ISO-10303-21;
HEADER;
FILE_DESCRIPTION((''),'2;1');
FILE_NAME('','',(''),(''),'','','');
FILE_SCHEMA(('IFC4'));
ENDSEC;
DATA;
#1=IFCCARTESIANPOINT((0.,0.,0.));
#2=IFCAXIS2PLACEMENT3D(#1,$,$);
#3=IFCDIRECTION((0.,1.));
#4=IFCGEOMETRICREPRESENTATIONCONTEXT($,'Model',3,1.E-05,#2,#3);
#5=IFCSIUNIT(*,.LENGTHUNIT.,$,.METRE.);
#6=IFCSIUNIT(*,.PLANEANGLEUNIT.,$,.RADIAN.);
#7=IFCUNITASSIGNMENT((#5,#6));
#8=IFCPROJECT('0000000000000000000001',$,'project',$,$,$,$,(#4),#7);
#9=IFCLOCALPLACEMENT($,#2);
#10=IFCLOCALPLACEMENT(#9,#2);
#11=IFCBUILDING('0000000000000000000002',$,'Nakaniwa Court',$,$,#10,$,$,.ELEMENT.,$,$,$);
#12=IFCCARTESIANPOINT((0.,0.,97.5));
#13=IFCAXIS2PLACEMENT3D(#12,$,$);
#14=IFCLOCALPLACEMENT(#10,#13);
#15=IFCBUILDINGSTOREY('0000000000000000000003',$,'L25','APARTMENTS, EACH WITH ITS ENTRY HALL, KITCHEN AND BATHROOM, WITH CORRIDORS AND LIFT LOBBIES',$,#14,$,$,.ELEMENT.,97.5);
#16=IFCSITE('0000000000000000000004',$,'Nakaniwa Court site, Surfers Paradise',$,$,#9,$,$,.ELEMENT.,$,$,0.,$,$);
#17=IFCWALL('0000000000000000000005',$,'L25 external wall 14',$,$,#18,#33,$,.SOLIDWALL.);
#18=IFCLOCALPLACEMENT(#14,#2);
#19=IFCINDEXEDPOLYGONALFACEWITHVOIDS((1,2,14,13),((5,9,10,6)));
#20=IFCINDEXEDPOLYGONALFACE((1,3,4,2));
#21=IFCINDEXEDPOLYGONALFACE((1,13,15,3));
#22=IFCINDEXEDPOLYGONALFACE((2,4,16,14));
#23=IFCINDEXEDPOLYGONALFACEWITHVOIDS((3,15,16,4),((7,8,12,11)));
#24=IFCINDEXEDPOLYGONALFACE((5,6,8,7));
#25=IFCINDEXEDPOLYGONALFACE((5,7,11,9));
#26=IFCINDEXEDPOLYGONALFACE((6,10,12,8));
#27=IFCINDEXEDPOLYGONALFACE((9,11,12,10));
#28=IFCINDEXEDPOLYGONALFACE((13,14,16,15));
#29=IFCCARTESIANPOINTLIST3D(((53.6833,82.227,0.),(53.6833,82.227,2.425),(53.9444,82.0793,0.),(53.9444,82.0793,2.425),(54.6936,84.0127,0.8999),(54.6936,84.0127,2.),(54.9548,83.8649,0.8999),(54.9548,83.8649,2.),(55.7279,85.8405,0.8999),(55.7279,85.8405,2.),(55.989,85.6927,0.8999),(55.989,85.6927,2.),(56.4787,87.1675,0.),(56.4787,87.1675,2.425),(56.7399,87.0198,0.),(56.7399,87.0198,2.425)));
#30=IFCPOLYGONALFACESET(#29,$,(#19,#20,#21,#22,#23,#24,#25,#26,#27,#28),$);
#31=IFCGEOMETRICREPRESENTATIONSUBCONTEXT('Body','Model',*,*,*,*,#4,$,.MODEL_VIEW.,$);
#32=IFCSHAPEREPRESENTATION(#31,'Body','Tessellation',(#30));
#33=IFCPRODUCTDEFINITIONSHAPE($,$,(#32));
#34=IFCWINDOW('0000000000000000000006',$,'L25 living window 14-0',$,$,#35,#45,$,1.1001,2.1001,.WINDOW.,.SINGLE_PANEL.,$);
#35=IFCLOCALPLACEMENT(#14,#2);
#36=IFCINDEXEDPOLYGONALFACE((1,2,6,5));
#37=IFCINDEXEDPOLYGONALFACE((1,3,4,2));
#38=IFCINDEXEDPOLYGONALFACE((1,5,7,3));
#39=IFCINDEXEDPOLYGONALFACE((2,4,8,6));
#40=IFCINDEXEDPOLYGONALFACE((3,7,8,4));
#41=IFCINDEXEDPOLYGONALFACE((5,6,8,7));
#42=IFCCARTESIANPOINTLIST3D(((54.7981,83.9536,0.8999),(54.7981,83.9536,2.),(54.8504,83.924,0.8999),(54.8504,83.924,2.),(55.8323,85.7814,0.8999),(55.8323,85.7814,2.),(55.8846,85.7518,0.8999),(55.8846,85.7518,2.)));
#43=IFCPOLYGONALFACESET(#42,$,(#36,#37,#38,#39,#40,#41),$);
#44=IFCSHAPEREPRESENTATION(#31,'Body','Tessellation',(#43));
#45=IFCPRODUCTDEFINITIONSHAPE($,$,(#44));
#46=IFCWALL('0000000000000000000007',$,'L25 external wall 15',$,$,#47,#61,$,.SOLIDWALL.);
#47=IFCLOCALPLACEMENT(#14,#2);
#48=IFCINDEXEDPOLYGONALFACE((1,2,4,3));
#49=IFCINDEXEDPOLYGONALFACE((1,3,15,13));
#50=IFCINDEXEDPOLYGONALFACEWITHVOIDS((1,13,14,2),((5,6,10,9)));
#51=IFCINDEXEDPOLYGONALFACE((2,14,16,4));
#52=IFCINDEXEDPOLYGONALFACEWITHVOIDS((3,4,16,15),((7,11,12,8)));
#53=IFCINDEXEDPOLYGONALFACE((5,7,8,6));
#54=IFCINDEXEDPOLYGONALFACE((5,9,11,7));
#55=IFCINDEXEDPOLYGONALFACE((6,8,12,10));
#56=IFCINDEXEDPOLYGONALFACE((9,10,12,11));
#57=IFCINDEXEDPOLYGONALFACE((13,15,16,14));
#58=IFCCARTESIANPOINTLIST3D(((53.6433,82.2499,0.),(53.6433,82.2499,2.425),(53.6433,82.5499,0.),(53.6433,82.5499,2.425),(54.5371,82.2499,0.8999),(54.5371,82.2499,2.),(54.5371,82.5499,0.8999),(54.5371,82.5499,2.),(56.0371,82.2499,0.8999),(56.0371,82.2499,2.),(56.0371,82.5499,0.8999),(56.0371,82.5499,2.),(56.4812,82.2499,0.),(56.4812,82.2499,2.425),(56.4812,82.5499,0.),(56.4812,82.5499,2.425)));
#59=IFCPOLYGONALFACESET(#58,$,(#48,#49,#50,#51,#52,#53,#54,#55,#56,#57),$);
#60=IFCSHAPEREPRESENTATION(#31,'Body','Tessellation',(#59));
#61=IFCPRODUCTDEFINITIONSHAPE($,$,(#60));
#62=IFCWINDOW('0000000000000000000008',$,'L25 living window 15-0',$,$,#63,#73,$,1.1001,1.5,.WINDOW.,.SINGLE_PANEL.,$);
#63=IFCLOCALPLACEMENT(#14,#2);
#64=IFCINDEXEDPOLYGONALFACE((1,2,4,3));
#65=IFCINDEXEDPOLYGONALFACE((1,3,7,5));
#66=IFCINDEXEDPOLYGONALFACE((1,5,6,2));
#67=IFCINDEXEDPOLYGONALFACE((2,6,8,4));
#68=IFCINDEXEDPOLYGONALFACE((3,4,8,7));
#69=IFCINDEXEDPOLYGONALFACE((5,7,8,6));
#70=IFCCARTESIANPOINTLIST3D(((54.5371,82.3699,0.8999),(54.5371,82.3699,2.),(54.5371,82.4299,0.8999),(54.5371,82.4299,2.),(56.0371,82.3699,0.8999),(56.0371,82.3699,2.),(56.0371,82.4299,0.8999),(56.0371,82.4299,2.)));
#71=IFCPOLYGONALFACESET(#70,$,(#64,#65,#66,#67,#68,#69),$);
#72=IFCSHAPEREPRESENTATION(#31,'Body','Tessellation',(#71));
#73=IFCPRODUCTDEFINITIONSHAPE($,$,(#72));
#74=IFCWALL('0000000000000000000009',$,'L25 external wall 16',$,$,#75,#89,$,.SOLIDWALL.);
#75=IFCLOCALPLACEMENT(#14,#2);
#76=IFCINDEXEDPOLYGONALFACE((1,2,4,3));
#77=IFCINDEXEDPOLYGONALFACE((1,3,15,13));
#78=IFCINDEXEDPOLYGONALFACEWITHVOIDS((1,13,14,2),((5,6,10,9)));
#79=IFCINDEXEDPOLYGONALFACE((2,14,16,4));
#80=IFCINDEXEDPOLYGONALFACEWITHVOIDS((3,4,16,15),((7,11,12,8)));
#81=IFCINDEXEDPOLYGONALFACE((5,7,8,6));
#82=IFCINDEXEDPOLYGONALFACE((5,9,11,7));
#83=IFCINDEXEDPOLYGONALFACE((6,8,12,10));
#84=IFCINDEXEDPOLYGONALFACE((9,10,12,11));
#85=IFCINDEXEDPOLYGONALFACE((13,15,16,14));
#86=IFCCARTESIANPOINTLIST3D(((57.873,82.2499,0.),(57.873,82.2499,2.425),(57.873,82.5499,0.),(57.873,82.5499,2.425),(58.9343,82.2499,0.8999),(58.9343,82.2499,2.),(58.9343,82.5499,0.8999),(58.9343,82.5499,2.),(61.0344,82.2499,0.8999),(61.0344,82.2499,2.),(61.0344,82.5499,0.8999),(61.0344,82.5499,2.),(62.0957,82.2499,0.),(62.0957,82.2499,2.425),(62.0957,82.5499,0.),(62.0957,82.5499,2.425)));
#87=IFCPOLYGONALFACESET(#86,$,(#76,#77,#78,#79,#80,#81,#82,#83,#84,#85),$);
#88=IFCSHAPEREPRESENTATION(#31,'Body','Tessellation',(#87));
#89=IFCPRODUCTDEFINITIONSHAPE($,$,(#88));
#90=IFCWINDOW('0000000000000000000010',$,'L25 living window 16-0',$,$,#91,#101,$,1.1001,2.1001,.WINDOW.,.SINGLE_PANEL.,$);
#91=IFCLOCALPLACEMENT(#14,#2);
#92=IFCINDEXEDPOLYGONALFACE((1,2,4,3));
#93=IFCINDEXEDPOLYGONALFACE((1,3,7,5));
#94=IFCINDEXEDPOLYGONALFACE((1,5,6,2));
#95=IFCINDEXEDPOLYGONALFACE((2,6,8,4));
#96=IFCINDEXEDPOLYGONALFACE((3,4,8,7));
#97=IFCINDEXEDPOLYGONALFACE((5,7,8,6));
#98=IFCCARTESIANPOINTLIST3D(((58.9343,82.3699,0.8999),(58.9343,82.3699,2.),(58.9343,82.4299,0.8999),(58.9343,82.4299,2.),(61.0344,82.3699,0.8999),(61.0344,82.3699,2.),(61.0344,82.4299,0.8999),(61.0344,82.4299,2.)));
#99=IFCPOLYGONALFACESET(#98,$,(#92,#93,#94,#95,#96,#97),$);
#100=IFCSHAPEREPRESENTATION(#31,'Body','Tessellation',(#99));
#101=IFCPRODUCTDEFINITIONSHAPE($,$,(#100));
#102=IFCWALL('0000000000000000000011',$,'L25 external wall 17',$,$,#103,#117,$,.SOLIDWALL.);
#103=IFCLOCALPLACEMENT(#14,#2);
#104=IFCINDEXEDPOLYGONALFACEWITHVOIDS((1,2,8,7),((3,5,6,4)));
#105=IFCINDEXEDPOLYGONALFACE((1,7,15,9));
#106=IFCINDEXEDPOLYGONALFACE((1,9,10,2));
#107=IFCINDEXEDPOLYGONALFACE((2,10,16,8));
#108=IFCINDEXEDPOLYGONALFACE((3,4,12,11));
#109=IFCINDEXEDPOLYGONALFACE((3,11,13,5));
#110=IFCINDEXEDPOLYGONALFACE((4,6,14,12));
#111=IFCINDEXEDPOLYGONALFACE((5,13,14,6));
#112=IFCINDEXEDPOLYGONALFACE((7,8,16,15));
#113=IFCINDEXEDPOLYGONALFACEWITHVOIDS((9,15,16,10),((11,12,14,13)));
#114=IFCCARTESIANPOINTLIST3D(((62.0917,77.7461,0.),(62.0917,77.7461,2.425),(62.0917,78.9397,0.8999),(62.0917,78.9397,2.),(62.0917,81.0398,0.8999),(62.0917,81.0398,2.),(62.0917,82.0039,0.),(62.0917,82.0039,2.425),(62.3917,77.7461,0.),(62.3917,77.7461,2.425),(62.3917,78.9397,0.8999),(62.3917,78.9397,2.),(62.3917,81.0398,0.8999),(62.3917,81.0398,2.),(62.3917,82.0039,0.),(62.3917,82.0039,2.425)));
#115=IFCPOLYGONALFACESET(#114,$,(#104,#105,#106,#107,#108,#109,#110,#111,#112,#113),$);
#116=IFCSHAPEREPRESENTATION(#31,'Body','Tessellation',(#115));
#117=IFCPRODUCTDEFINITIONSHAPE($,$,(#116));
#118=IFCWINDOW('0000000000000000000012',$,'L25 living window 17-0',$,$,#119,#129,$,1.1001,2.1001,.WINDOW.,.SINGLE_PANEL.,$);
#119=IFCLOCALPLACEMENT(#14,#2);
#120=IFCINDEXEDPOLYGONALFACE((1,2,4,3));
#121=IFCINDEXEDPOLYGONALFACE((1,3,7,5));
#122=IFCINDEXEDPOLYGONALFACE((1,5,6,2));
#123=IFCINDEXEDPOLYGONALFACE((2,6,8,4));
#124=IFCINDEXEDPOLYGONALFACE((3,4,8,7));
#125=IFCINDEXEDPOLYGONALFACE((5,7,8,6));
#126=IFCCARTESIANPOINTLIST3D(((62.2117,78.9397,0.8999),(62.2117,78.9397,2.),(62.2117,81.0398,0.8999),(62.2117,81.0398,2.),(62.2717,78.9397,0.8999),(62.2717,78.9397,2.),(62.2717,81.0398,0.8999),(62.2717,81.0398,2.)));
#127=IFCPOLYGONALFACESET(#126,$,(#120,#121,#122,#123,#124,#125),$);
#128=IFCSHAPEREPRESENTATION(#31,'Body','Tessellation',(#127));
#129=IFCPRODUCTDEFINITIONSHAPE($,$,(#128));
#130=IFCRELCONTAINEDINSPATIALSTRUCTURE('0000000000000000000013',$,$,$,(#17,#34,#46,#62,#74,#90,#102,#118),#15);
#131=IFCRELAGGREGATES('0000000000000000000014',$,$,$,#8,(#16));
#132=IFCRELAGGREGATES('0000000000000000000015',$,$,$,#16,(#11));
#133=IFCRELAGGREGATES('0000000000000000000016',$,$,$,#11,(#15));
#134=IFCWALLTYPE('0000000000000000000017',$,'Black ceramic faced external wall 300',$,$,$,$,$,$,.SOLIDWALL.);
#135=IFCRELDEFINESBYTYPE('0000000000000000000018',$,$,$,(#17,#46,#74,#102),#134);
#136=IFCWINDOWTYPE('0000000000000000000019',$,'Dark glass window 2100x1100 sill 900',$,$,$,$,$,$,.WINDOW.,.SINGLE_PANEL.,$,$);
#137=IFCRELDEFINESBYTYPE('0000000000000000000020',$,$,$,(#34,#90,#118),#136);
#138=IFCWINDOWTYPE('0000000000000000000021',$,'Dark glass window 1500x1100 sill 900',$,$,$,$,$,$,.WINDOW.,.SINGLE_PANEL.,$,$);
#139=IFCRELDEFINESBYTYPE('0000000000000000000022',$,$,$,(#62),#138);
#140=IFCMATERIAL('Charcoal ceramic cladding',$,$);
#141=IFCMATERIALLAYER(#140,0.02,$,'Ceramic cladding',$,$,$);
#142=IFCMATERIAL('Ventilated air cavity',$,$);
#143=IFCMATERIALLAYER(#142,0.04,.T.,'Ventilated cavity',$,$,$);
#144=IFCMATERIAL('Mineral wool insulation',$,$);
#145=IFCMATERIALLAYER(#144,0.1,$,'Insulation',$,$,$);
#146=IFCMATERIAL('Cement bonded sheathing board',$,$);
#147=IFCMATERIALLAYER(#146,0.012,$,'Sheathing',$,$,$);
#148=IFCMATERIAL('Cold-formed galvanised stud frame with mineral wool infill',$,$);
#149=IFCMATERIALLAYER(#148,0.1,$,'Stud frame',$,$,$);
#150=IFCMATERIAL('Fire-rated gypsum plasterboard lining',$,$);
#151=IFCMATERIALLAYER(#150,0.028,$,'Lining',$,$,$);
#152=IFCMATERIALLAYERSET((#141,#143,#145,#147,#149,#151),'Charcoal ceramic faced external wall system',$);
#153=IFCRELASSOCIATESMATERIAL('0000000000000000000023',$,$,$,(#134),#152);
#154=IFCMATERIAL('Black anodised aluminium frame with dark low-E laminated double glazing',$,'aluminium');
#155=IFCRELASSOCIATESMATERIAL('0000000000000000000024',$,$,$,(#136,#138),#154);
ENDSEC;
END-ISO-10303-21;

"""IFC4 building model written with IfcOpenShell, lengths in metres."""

from ifc_helpers import new_model, si_unit, direction, frame, frame_2d, origin, place, context, subcontext, project, spatial, rectangle, extrude, material, layer, layer_set, type_object, element, fill, save


model = new_model("IFC4")

# Units and contexts
model_context = context("Model", 3, precision=1e-05, world=origin(), true_north=direction((0.0, 1.0)))
body_context = subcontext(model_context, "Body", "Model", "MODEL_VIEW")
ifc_project = project(units=[si_unit("LENGTHUNIT", "METRE"), si_unit("PLANEANGLEUNIT", "RADIAN")], contexts=[model_context])

# Site, building, storey
site_placement = place(None, origin())
site = spatial("IfcSite", under=ifc_project, at=site_placement, Name="Nakaniwa Court site, Surfers Paradise", CompositionType="ELEMENT", RefElevation=0.0)
building_placement = place(site_placement, origin())
building = spatial("IfcBuilding", under=site, at=building_placement, Name="Nakaniwa Court", CompositionType="ELEMENT")
storey_placement = place(building_placement, frame((0.0, 0.0, 97.5)))
storey = spatial("IfcBuildingStorey", under=building, at=storey_placement, Name="L25", Description="APARTMENTS, EACH WITH ITS ENTRY HALL, KITCHEN AND BATHROOM, WITH CORRIDORS AND LIFT LOBBIES", CompositionType="ELEMENT", Elevation=97.5)

# Walls, openings, windows
ifc_material_1 = material(Name="Charcoal ceramic cladding")
ifc_layer_1 = layer(ifc_material_1, 0.02, Name="Ceramic cladding")
ifc_material_2 = material(Name="Ventilated air cavity")
ifc_layer_2 = layer(ifc_material_2, 0.04, ventilated=True, Name="Ventilated cavity")
ifc_material_3 = material(Name="Mineral wool insulation")
ifc_layer_3 = layer(ifc_material_3, 0.1, Name="Insulation")
ifc_material_4 = material(Name="Cement bonded sheathing board")
ifc_layer_4 = layer(ifc_material_4, 0.012, Name="Sheathing")
ifc_material_5 = material(Name="Cold-formed galvanised stud frame with mineral wool infill")
ifc_layer_5 = layer(ifc_material_5, 0.1, Name="Stud frame")
ifc_material_6 = material(Name="Fire-rated gypsum plasterboard lining")
ifc_layer_6 = layer(ifc_material_6, 0.028, Name="Lining")
ifc_layer_set_1 = layer_set([ifc_layer_1, ifc_layer_2, ifc_layer_3, ifc_layer_4, ifc_layer_5, ifc_layer_6], Name="Charcoal ceramic faced external wall system")
wall_type_1 = type_object("IfcWallType", Name="Black ceramic faced external wall 300", PredefinedType="SOLIDWALL", material=ifc_layer_set_1)
ifc_material_7 = material(Name="Black anodised aluminium frame with dark low-E laminated double glazing", Category="aluminium")
window_type_1 = type_object("IfcWindowType", Name="Dark glass window 2100x1100 sill 900", PartitioningType="SINGLE_PANEL", PredefinedType="WINDOW", material=ifc_material_7)
wall_1_placement = place(storey_placement, frame((56.6094, 87.0938, 0.0), z_axis=(0.0, 0.0, 1.0), x_axis=(-0.492457, -0.870337, 0.0)))
wall_1 = element("IfcWall", 1, at=wall_1_placement, inside=storey, type_object=wall_type_1, Name="L25 external wall 14", PredefinedType="SOLIDWALL", context=body_context, shape_type="SweptSolid", body=[
    extrude(rectangle(XDim=5.6765, YDim=0.3, at=frame_2d((2.8384, 0.0))), origin(), (0.0, 0.0, 1.0), 2.425),
])
opening_1_placement = place(wall_1_placement, frame((1.5249, 0.0, 0.8999)))
opening_1 = element("IfcOpeningElement", 2, at=opening_1_placement, cuts=wall_1, PredefinedType="OPENING", context=body_context, shape_type="SweptSolid", body=[
    extrude(rectangle(XDim=2.1001, YDim=1.1001, at=frame_2d((1.05, 0.55))), frame((0.0, 0.1599, 0.0), z_axis=(0.0, -1.0, 0.0), x_axis=(1.0, 0.0, 0.0)), (0.0, 0.0, 1.0), 0.3201),
])
window_1_placement = place(opening_1_placement, origin())
window_1 = element("IfcWindow", 3, at=window_1_placement, inside=storey, type_object=window_type_1, Name="L25 living window 14-0", OverallHeight=1.1001, OverallWidth=2.1001, PartitioningType="SINGLE_PANEL", PredefinedType="WINDOW", context=body_context, shape_type="SweptSolid", body=[
    extrude(rectangle(XDim=2.1001, YDim=1.1001, at=frame_2d((1.05, 0.55))), frame((0.0, 0.03, 0.0), z_axis=(0.0, -1.0, 0.0), x_axis=(1.0, 0.0, 0.0)), (0.0, 0.0, 1.0), 0.0601),
])
fill(opening_1, window_1)
wall_2_placement = place(storey_placement, frame((53.6433, 82.3999, 0.0), z_axis=(0.0, 0.0, 1.0), x_axis=(1.0, 0.0, 0.0)))
wall_2 = element("IfcWall", 4, at=wall_2_placement, inside=storey, type_object=wall_type_1, Name="L25 external wall 15", PredefinedType="SOLIDWALL", context=body_context, shape_type="SweptSolid", body=[
    extrude(rectangle(XDim=2.8379, YDim=0.3, at=frame_2d((1.4189, 0.0))), origin(), (0.0, 0.0, 1.0), 2.425),
])
opening_2_placement = place(wall_2_placement, frame((0.8938, 0.0, 0.8999)))
opening_2 = element("IfcOpeningElement", 5, at=opening_2_placement, cuts=wall_2, PredefinedType="OPENING", context=body_context, shape_type="SweptSolid", body=[
    extrude(rectangle(XDim=1.5, YDim=1.1001, at=frame_2d((0.75, 0.55))), frame((0.0, 0.1599, 0.0), z_axis=(0.0, -1.0, 0.0), x_axis=(1.0, 0.0, 0.0)), (0.0, 0.0, 1.0), 0.3201),
])
window_type_2 = type_object("IfcWindowType", Name="Dark glass window 1500x1100 sill 900", PartitioningType="SINGLE_PANEL", PredefinedType="WINDOW", material=ifc_material_7)
window_2_placement = place(opening_2_placement, origin())
window_2 = element("IfcWindow", 6, at=window_2_placement, inside=storey, type_object=window_type_2, Name="L25 living window 15-0", OverallHeight=1.1001, OverallWidth=1.5, PartitioningType="SINGLE_PANEL", PredefinedType="WINDOW", context=body_context, shape_type="SweptSolid", body=[
    extrude(rectangle(XDim=1.5, YDim=1.1001, at=frame_2d((0.75, 0.55))), frame((0.0, 0.03, 0.0), z_axis=(0.0, -1.0, 0.0), x_axis=(1.0, 0.0, 0.0)), (0.0, 0.0, 1.0), 0.0601),
])
fill(opening_2, window_2)
wall_3_placement = place(storey_placement, frame((57.873, 82.3999, 0.0), z_axis=(0.0, 0.0, 1.0), x_axis=(1.0, 0.0, 0.0)))
wall_3 = element("IfcWall", 7, at=wall_3_placement, inside=storey, type_object=wall_type_1, Name="L25 external wall 16", PredefinedType="SOLIDWALL", context=body_context, shape_type="SweptSolid", body=[
    extrude(rectangle(XDim=4.2227, YDim=0.3, at=frame_2d((2.1113, 0.0))), origin(), (0.0, 0.0, 1.0), 2.425),
])
opening_3_placement = place(wall_3_placement, frame((1.0613, 0.0, 0.8999)))
opening_3 = element("IfcOpeningElement", 8, at=opening_3_placement, cuts=wall_3, PredefinedType="OPENING", context=body_context, shape_type="SweptSolid", body=[
    extrude(rectangle(XDim=2.1001, YDim=1.1001, at=frame_2d((1.05, 0.55))), frame((0.0, 0.1599, 0.0), z_axis=(0.0, -1.0, 0.0), x_axis=(1.0, 0.0, 0.0)), (0.0, 0.0, 1.0), 0.3201),
])
window_3_placement = place(opening_3_placement, origin())
window_3 = element("IfcWindow", 9, at=window_3_placement, inside=storey, type_object=window_type_1, Name="L25 living window 16-0", OverallHeight=1.1001, OverallWidth=2.1001, PartitioningType="SINGLE_PANEL", PredefinedType="WINDOW", context=body_context, shape_type="SweptSolid", body=[
    extrude(rectangle(XDim=2.1001, YDim=1.1001, at=frame_2d((1.05, 0.55))), frame((0.0, 0.03, 0.0), z_axis=(0.0, -1.0, 0.0), x_axis=(1.0, 0.0, 0.0)), (0.0, 0.0, 1.0), 0.0601),
])
fill(opening_3, window_3)
wall_4_placement = place(storey_placement, frame((62.2417, 82.0039, 0.0), z_axis=(0.0, 0.0, 1.0), x_axis=(0.0, -1.0, 0.0)))
wall_4 = element("IfcWall", 10, at=wall_4_placement, inside=storey, type_object=wall_type_1, Name="L25 external wall 17", PredefinedType="SOLIDWALL", context=body_context, shape_type="SweptSolid", body=[
    extrude(rectangle(XDim=4.2578, YDim=0.3, at=frame_2d((2.1289, 0.0))), origin(), (0.0, 0.0, 1.0), 2.425),
])
opening_4_placement = place(wall_4_placement, frame((0.9641, 0.0, 0.8999)))
opening_4 = element("IfcOpeningElement", 11, at=opening_4_placement, cuts=wall_4, PredefinedType="OPENING", context=body_context, shape_type="SweptSolid", body=[
    extrude(rectangle(XDim=2.1001, YDim=1.1001, at=frame_2d((1.05, 0.55))), frame((0.0, 0.1599, 0.0), z_axis=(0.0, -1.0, 0.0), x_axis=(1.0, 0.0, 0.0)), (0.0, 0.0, 1.0), 0.3201),
])
window_4_placement = place(opening_4_placement, origin())
window_4 = element("IfcWindow", 12, at=window_4_placement, inside=storey, type_object=window_type_1, Name="L25 living window 17-0", OverallHeight=1.1001, OverallWidth=2.1001, PartitioningType="SINGLE_PANEL", PredefinedType="WINDOW", context=body_context, shape_type="SweptSolid", body=[
    extrude(rectangle(XDim=2.1001, YDim=1.1001, at=frame_2d((1.05, 0.55))), frame((0.0, 0.03, 0.0), z_axis=(0.0, -1.0, 0.0), x_axis=(1.0, 0.0, 0.0)), (0.0, 0.0, 1.0), 0.0601),
])
fill(opening_4, window_4)

save(model, "model.ifc")
